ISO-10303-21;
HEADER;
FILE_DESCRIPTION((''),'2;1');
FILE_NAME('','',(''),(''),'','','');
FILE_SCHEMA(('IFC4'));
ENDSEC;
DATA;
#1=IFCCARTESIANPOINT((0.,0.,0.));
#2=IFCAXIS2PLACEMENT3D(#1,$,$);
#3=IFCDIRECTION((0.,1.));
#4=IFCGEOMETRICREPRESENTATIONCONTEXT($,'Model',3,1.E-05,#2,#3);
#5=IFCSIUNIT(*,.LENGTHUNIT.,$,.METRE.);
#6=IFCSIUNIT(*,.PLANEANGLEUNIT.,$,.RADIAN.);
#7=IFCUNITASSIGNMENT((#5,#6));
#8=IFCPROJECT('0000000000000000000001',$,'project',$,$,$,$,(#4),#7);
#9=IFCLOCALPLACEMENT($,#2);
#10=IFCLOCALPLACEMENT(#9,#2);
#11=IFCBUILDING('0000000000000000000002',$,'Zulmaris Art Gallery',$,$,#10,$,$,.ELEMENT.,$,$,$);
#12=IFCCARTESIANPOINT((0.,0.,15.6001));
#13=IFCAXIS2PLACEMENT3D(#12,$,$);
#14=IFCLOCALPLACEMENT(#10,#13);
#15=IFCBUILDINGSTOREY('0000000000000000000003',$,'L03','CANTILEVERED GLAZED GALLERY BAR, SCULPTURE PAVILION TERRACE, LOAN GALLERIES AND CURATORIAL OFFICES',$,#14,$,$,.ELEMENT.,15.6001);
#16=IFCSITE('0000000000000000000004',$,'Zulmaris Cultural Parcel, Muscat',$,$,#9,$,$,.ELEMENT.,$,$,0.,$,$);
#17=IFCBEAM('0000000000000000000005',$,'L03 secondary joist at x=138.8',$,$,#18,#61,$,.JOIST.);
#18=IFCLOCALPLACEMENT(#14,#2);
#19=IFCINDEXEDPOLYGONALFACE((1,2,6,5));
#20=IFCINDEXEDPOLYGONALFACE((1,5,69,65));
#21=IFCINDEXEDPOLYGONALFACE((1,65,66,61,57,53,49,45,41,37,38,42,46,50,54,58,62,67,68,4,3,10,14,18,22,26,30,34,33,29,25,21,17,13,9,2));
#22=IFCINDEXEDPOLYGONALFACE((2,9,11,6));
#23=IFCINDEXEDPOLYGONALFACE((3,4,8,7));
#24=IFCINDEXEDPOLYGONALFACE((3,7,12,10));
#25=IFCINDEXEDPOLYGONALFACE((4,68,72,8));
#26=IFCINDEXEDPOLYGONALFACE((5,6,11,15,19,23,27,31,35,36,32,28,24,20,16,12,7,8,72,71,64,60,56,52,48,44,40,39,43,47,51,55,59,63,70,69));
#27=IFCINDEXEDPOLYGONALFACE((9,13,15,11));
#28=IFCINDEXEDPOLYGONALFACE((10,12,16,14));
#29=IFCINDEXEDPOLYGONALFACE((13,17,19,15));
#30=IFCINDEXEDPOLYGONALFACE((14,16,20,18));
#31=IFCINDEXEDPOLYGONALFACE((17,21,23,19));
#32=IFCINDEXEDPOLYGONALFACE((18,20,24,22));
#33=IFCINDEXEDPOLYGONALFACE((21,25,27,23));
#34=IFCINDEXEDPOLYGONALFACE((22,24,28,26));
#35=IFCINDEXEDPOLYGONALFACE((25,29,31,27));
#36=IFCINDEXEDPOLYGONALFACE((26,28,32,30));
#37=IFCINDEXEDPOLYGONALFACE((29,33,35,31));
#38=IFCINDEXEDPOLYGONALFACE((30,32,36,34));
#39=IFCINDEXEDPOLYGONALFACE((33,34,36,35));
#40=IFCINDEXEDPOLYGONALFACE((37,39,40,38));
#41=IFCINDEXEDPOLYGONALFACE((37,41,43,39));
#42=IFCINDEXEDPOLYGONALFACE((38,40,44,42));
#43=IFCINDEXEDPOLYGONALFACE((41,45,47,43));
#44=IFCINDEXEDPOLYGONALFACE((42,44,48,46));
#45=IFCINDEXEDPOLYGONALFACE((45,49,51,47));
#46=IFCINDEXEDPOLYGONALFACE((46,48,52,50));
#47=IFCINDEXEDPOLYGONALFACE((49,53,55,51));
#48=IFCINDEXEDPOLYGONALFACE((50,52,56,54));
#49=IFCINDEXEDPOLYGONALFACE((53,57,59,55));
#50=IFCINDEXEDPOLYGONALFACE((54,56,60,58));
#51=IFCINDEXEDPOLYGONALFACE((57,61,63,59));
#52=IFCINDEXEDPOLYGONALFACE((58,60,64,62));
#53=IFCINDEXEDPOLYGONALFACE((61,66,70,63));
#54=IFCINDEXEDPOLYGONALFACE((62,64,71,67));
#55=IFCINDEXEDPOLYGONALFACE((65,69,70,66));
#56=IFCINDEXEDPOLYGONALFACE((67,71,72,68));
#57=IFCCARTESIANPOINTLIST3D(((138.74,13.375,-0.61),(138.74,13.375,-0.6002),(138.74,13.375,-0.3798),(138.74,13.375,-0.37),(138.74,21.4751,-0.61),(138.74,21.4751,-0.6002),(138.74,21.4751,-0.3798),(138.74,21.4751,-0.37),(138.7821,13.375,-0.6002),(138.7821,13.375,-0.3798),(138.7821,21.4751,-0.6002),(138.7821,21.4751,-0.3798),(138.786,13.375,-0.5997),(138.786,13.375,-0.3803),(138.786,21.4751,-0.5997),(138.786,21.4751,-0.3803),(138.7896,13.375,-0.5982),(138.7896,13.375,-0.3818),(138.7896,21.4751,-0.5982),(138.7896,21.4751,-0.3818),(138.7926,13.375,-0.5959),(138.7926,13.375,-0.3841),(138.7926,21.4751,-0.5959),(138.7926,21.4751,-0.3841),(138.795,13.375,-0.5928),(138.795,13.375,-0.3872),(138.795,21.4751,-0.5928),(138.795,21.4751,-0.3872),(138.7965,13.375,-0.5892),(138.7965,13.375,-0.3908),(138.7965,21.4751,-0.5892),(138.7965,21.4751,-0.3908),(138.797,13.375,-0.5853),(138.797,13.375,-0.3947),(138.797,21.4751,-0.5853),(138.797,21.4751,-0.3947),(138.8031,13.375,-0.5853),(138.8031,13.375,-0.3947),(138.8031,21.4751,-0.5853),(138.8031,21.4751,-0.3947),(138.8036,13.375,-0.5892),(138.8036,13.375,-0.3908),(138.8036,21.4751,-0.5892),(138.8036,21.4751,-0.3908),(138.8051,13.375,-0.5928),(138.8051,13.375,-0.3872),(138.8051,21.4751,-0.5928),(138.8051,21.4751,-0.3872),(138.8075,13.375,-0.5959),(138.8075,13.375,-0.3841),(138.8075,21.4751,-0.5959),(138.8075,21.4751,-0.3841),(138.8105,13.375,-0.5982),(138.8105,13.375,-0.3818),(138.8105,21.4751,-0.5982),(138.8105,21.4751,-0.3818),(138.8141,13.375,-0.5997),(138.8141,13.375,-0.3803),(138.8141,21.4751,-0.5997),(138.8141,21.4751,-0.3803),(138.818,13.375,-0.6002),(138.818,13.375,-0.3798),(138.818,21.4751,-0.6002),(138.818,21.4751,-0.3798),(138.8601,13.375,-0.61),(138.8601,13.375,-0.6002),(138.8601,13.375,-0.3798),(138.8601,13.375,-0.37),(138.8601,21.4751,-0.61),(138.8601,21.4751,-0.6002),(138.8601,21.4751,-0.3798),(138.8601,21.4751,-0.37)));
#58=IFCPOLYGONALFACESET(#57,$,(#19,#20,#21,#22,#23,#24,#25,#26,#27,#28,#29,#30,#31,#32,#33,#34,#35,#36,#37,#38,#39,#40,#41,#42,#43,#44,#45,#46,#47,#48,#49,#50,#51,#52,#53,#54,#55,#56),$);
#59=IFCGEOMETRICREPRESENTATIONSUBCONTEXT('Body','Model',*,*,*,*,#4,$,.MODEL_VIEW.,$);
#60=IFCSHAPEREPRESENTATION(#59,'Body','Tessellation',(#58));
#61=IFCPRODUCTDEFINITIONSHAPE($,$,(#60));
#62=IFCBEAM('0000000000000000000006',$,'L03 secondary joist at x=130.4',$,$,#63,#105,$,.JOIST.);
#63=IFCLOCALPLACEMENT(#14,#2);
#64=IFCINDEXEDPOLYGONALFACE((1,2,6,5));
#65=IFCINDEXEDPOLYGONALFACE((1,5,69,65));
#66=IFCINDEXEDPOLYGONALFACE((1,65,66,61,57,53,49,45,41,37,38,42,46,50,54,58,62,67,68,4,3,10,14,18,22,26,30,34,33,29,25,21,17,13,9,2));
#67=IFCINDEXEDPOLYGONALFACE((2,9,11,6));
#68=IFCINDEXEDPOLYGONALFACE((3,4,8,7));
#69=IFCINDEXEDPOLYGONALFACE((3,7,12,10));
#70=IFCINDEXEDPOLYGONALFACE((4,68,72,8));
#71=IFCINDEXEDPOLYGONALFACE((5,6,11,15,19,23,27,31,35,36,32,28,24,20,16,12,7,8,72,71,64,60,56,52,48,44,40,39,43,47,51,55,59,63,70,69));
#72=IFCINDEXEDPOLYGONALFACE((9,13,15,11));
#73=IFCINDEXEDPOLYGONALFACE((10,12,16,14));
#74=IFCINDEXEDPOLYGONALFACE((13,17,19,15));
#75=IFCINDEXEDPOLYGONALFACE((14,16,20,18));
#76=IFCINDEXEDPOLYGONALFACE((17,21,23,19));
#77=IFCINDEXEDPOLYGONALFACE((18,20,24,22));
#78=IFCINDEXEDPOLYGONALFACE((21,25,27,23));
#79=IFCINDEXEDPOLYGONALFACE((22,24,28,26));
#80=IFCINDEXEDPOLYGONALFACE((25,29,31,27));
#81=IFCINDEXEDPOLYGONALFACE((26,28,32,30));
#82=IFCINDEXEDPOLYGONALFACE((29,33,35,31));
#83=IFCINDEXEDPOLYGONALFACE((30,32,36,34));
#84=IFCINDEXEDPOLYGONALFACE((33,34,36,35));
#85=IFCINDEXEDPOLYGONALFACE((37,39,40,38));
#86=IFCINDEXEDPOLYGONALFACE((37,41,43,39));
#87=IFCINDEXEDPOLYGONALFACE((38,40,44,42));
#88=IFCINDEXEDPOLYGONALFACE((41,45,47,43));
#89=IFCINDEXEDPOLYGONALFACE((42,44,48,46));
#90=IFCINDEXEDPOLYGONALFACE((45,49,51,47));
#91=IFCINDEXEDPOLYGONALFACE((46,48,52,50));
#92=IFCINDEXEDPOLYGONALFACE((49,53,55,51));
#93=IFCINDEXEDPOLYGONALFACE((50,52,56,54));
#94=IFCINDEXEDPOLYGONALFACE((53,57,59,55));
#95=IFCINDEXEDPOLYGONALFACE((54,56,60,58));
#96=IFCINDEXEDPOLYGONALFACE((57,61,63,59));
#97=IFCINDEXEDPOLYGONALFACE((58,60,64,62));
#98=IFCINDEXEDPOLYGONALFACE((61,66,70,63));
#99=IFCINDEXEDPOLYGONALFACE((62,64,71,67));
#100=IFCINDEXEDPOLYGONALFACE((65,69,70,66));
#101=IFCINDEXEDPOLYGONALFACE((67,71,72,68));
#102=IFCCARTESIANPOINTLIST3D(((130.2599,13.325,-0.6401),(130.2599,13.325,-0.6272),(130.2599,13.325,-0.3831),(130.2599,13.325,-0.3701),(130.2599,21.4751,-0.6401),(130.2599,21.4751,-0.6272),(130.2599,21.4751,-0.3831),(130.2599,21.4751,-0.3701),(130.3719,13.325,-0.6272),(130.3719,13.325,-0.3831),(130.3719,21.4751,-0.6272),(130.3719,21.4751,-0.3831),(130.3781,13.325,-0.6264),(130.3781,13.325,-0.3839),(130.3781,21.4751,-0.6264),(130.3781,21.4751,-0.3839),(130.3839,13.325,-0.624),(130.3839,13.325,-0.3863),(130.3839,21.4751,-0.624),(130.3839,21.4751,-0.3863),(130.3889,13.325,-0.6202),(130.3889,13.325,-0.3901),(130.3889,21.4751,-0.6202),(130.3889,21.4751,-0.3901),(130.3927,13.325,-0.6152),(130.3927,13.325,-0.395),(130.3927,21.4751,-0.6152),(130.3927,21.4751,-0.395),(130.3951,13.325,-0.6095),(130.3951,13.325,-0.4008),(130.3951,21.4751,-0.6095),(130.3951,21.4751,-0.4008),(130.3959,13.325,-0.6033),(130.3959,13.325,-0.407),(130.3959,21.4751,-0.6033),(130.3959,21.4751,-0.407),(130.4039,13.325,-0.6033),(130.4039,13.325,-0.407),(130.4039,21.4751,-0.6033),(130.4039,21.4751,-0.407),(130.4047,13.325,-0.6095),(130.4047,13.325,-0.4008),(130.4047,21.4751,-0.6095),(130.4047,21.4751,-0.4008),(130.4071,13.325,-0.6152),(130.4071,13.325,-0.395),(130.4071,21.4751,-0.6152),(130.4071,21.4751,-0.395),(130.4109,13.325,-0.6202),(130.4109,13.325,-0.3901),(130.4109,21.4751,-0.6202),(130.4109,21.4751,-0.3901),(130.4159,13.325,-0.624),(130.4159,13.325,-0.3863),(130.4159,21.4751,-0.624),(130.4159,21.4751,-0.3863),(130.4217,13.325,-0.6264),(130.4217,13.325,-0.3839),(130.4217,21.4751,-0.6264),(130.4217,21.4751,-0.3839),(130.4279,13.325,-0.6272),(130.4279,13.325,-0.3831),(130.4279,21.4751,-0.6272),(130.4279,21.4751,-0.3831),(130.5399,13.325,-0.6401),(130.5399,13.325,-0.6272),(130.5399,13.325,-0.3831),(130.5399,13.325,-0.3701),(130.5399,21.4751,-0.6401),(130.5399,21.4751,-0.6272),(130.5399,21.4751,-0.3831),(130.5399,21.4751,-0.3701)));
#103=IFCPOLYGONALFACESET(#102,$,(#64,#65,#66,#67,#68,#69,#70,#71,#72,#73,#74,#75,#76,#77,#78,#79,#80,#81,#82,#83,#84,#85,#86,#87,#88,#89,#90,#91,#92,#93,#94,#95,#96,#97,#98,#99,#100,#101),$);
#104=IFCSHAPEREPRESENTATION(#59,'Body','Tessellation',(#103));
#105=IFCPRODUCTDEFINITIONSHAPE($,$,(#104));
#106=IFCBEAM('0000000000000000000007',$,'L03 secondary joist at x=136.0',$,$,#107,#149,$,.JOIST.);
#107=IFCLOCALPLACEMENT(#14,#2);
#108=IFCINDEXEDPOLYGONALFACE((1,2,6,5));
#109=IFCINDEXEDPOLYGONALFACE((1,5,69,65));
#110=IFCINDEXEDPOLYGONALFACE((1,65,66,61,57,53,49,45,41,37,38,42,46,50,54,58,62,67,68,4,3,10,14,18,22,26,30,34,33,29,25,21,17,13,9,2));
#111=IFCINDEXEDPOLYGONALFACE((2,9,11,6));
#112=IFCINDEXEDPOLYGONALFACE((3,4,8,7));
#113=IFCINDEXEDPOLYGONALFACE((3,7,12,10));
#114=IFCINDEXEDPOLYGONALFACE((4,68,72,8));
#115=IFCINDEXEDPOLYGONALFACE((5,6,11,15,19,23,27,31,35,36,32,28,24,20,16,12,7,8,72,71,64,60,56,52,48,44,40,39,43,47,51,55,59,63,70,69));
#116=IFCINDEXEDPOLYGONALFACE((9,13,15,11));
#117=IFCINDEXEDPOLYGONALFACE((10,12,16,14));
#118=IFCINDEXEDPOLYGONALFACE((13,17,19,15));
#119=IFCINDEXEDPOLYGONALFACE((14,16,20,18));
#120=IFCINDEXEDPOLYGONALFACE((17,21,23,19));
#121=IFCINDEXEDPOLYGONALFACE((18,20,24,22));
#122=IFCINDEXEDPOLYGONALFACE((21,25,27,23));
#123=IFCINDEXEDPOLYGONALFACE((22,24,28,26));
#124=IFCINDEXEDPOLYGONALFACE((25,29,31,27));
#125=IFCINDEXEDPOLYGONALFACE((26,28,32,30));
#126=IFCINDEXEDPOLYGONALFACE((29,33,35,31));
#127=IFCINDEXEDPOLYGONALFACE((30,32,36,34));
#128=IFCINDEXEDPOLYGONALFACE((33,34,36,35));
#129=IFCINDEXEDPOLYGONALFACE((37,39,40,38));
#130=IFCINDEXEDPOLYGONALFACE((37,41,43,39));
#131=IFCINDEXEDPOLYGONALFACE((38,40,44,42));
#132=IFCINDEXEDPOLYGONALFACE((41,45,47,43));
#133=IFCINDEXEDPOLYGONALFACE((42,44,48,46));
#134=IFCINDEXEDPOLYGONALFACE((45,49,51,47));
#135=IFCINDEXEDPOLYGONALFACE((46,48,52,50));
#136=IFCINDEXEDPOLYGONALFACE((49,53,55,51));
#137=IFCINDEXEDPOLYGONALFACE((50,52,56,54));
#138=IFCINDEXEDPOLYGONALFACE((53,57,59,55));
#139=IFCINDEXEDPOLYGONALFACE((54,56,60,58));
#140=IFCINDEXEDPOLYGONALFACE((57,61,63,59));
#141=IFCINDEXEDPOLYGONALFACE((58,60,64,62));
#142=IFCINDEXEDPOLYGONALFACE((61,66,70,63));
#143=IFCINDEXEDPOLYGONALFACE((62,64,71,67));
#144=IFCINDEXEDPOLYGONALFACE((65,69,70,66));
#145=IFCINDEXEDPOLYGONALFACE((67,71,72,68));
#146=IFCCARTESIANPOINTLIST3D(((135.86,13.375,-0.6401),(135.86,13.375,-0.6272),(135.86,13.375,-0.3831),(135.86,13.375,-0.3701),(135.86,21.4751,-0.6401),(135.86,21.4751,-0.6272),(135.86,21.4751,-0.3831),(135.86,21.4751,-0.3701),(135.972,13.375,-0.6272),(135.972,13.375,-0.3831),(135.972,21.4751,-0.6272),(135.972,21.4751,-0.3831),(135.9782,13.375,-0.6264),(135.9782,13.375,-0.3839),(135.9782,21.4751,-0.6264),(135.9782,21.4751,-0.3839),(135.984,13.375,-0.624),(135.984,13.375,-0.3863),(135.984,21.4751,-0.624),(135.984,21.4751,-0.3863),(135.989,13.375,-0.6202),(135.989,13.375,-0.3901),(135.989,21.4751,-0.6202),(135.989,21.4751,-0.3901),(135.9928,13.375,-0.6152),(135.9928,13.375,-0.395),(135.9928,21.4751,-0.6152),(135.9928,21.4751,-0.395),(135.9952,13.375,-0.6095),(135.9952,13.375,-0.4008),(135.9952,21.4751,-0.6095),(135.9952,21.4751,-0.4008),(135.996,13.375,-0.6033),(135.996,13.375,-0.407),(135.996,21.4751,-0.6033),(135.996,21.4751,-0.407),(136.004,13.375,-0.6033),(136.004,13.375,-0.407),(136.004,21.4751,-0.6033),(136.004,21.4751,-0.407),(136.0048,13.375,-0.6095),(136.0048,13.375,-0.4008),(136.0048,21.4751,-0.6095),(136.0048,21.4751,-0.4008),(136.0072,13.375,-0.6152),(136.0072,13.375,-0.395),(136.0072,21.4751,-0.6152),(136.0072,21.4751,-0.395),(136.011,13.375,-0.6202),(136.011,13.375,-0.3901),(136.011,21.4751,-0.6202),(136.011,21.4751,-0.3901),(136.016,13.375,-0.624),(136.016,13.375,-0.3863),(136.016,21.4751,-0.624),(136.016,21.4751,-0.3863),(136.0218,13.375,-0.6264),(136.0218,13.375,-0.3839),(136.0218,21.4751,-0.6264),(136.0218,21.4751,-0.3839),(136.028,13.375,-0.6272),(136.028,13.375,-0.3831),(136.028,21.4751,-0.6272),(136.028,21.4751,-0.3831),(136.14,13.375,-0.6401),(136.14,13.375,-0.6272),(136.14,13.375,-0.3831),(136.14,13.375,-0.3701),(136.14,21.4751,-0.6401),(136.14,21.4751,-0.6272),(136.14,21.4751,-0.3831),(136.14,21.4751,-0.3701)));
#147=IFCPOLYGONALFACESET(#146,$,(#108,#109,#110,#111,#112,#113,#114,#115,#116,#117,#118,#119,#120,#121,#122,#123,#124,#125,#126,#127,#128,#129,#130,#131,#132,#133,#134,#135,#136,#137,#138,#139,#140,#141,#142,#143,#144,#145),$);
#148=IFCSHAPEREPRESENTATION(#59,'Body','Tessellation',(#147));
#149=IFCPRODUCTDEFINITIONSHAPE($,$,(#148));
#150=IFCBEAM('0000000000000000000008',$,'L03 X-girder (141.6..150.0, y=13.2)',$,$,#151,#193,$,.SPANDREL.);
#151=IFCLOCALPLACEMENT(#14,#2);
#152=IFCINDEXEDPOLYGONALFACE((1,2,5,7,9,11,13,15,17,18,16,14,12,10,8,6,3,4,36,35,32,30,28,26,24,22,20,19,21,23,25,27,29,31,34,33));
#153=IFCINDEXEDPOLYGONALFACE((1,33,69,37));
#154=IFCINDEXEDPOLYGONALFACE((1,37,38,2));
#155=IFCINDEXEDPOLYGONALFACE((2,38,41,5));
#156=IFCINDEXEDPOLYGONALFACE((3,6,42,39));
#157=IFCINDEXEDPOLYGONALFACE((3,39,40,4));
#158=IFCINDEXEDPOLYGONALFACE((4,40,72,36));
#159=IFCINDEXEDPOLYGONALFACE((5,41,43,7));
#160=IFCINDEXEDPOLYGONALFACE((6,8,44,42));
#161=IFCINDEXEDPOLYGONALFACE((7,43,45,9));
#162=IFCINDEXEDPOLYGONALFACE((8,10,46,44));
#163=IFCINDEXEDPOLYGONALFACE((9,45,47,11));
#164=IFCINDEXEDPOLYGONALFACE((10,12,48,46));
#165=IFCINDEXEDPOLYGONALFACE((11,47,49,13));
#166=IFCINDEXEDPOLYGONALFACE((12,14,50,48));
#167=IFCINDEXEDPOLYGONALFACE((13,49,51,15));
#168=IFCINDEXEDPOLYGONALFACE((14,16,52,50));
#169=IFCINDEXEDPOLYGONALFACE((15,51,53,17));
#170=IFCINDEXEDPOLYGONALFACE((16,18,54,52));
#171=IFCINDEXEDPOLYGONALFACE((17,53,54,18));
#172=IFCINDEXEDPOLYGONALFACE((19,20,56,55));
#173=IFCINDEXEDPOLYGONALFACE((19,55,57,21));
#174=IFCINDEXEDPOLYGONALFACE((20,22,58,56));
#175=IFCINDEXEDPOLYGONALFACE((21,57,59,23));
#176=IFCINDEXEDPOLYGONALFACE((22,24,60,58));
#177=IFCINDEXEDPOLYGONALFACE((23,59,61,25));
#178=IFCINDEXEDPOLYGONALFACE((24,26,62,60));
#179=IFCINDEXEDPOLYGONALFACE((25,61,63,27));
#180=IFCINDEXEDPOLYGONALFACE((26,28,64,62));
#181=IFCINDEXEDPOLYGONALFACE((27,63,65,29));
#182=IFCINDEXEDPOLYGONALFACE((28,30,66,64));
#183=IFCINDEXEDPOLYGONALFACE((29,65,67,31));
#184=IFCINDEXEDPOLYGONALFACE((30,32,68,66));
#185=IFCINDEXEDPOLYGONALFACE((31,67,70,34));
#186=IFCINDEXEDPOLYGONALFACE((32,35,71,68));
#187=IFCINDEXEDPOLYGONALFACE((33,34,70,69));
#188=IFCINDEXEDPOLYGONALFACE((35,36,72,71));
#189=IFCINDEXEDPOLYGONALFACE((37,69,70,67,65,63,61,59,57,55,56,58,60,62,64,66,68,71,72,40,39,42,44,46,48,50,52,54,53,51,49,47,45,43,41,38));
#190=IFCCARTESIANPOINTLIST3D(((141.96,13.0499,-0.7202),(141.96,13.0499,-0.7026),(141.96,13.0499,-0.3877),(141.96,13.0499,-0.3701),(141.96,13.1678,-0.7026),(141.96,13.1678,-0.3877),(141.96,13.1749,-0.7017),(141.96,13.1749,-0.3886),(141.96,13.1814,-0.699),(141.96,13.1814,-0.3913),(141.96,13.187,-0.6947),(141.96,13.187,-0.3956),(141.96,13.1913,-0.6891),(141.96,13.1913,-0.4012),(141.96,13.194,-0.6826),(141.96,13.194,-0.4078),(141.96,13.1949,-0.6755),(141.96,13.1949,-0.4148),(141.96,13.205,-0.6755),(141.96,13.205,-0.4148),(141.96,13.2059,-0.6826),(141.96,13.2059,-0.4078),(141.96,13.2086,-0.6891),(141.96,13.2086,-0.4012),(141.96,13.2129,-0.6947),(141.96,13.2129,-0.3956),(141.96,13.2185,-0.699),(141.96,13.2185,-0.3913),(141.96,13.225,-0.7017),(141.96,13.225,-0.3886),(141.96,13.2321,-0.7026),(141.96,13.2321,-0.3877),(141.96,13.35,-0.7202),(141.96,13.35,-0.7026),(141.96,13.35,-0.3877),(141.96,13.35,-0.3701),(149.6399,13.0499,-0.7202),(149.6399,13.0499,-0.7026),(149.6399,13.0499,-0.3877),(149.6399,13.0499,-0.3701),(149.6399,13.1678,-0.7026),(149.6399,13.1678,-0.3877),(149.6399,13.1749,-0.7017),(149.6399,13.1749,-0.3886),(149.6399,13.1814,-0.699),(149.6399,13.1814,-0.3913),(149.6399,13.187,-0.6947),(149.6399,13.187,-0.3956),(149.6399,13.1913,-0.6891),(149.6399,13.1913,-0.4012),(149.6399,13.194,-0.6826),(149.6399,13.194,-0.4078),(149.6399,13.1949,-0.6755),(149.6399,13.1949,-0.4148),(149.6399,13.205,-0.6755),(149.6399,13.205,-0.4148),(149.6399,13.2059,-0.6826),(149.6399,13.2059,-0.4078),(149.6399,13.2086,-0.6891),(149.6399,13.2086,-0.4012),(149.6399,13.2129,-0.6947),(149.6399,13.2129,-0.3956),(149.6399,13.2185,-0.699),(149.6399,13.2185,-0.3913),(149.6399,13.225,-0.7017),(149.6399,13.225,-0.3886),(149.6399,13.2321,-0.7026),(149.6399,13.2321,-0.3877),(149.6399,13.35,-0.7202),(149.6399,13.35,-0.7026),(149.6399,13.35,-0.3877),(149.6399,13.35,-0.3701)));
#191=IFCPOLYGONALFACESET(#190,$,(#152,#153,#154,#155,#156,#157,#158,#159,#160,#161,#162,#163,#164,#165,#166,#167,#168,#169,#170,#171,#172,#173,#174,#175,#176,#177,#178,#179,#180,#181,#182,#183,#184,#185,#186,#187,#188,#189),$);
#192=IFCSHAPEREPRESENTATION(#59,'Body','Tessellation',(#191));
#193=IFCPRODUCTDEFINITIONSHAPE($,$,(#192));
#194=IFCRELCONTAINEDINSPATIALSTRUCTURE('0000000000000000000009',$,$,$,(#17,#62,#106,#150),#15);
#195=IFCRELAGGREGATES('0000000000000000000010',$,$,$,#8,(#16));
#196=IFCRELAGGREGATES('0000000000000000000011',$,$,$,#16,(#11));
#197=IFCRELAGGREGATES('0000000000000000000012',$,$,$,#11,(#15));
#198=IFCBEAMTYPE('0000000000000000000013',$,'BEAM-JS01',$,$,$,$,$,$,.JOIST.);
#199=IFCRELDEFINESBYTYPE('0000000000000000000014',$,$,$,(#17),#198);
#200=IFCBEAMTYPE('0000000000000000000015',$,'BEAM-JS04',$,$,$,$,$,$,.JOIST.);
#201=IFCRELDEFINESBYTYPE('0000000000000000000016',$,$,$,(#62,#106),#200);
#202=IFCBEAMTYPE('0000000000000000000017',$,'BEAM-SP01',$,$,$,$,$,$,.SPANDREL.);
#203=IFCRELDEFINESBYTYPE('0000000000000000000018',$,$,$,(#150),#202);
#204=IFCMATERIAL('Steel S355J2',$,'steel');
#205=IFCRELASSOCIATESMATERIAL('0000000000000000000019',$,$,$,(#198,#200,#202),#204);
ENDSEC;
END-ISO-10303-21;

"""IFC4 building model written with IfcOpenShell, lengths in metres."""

from ifc_helpers import new_model, si_unit, direction, frame, origin, origin_2d, place, context, subcontext, project, spatial, i_section, extrude, material, material_profile, profile_set, type_object, element, save


model = new_model("IFC4")

# Units and contexts
model_context = context("Model", 3, precision=1e-05, world=origin(), true_north=direction((0.0, 1.0)))
body_context = subcontext(model_context, "Body", "Model", "MODEL_VIEW")
ifc_project = project(units=[si_unit("LENGTHUNIT", "METRE"), si_unit("PLANEANGLEUNIT", "RADIAN")], contexts=[model_context])

# Site, building, storey
site_placement = place(None, origin())
site = spatial("IfcSite", under=ifc_project, at=site_placement, Name="Zulmaris Cultural Parcel, Muscat", CompositionType="ELEMENT", RefElevation=0.0)
building_placement = place(site_placement, origin())
building = spatial("IfcBuilding", under=site, at=building_placement, Name="Zulmaris Art Gallery", CompositionType="ELEMENT")
storey_placement = place(building_placement, frame((0.0, 0.0, 15.6001)))
storey = spatial("IfcBuildingStorey", under=building, at=storey_placement, Name="L03", Description="CANTILEVERED GLAZED GALLERY BAR, SCULPTURE PAVILION TERRACE, LOAN GALLERIES AND CURATORIAL OFFICES", CompositionType="ELEMENT", Elevation=15.6001)

# Beams
ifc_material_1 = material(Name="Steel S355J2", Category="steel")
ifc_material_profile_1 = material_profile(ifc_material_1, i_section(OverallWidth=0.1201, OverallDepth=0.24, WebThickness=0.0061, FlangeThickness=0.0098, FilletRadius=0.0149, at=origin_2d()), Name="IPE 240")
ifc_profile_set_1 = profile_set([ifc_material_profile_1], Name="Steel S355J2")
beam_type_1 = type_object("IfcBeamType", Name="BEAM-JS01", PredefinedType="JOIST", material=ifc_profile_set_1)
beam_1_placement = place(storey_placement, frame((138.8, 13.375, -0.49), z_axis=(0.0, 1.0, 0.0), x_axis=(-1.0, 0.0, 0.0)))
element("IfcBeam", 1, at=beam_1_placement, inside=storey, type_object=beam_type_1, Name="L03 secondary joist at x=138.8", PredefinedType="JOIST", context=body_context, shape_type="SweptSolid", body=[
    extrude(i_section(OverallWidth=0.1201, OverallDepth=0.24, WebThickness=0.0061, FlangeThickness=0.0098, FilletRadius=0.0149, at=origin_2d()), origin(), (0.0, 0.0, 1.0), 8.1001),
])
ifc_material_profile_2 = material_profile(ifc_material_1, i_section(OverallWidth=0.28, OverallDepth=0.27, WebThickness=0.0081, FlangeThickness=0.0129, FilletRadius=0.0239, at=origin_2d()), Name="HEA 280")
ifc_profile_set_2 = profile_set([ifc_material_profile_2], Name="Steel S355J2")
beam_type_2 = type_object("IfcBeamType", Name="BEAM-JS04", PredefinedType="JOIST", material=ifc_profile_set_2)
beam_2_placement = place(storey_placement, frame((130.3999, 13.325, -0.5051), z_axis=(0.0, 1.0, 0.0), x_axis=(-1.0, 0.0, 0.0)))
element("IfcBeam", 2, at=beam_2_placement, inside=storey, type_object=beam_type_2, Name="L03 secondary joist at x=130.4", PredefinedType="JOIST", context=body_context, shape_type="SweptSolid", body=[
    extrude(i_section(OverallWidth=0.28, OverallDepth=0.27, WebThickness=0.0081, FlangeThickness=0.0129, FilletRadius=0.0239, at=origin_2d()), origin(), (0.0, 0.0, 1.0), 8.1501),
])
beam_3_placement = place(storey_placement, frame((136.0, 13.375, -0.5051), z_axis=(0.0, 1.0, 0.0), x_axis=(-1.0, 0.0, 0.0)))
element("IfcBeam", 3, at=beam_3_placement, inside=storey, type_object=beam_type_2, Name="L03 secondary joist at x=136.0", PredefinedType="JOIST", context=body_context, shape_type="SweptSolid", body=[
    extrude(i_section(OverallWidth=0.28, OverallDepth=0.27, WebThickness=0.0081, FlangeThickness=0.0129, FilletRadius=0.0239, at=origin_2d()), origin(), (0.0, 0.0, 1.0), 8.1001),
])
ifc_material_profile_3 = material_profile(ifc_material_1, i_section(OverallWidth=0.3, OverallDepth=0.3501, WebThickness=0.01, FlangeThickness=0.0176, FilletRadius=0.0271, at=origin_2d()), Name="HEA 360")
ifc_profile_set_3 = profile_set([ifc_material_profile_3], Name="Steel S355J2")
beam_type_3 = type_object("IfcBeamType", Name="BEAM-SP01", PredefinedType="SPANDREL", material=ifc_profile_set_3)
beam_4_placement = place(storey_placement, frame((141.96, 13.2, -0.5452), z_axis=(1.0, 0.0, 0.0), x_axis=(0.0, 1.0, 0.0)))
element("IfcBeam", 4, at=beam_4_placement, inside=storey, type_object=beam_type_3, Name="L03 X-girder (141.6..150.0, y=13.2)", PredefinedType="SPANDREL", context=body_context, shape_type="SweptSolid", body=[
    extrude(i_section(OverallWidth=0.3, OverallDepth=0.3501, WebThickness=0.01, FlangeThickness=0.0176, FilletRadius=0.0271, at=origin_2d()), origin(), (0.0, 0.0, 1.0), 7.6799),
])

save(model, "model.ifc")
